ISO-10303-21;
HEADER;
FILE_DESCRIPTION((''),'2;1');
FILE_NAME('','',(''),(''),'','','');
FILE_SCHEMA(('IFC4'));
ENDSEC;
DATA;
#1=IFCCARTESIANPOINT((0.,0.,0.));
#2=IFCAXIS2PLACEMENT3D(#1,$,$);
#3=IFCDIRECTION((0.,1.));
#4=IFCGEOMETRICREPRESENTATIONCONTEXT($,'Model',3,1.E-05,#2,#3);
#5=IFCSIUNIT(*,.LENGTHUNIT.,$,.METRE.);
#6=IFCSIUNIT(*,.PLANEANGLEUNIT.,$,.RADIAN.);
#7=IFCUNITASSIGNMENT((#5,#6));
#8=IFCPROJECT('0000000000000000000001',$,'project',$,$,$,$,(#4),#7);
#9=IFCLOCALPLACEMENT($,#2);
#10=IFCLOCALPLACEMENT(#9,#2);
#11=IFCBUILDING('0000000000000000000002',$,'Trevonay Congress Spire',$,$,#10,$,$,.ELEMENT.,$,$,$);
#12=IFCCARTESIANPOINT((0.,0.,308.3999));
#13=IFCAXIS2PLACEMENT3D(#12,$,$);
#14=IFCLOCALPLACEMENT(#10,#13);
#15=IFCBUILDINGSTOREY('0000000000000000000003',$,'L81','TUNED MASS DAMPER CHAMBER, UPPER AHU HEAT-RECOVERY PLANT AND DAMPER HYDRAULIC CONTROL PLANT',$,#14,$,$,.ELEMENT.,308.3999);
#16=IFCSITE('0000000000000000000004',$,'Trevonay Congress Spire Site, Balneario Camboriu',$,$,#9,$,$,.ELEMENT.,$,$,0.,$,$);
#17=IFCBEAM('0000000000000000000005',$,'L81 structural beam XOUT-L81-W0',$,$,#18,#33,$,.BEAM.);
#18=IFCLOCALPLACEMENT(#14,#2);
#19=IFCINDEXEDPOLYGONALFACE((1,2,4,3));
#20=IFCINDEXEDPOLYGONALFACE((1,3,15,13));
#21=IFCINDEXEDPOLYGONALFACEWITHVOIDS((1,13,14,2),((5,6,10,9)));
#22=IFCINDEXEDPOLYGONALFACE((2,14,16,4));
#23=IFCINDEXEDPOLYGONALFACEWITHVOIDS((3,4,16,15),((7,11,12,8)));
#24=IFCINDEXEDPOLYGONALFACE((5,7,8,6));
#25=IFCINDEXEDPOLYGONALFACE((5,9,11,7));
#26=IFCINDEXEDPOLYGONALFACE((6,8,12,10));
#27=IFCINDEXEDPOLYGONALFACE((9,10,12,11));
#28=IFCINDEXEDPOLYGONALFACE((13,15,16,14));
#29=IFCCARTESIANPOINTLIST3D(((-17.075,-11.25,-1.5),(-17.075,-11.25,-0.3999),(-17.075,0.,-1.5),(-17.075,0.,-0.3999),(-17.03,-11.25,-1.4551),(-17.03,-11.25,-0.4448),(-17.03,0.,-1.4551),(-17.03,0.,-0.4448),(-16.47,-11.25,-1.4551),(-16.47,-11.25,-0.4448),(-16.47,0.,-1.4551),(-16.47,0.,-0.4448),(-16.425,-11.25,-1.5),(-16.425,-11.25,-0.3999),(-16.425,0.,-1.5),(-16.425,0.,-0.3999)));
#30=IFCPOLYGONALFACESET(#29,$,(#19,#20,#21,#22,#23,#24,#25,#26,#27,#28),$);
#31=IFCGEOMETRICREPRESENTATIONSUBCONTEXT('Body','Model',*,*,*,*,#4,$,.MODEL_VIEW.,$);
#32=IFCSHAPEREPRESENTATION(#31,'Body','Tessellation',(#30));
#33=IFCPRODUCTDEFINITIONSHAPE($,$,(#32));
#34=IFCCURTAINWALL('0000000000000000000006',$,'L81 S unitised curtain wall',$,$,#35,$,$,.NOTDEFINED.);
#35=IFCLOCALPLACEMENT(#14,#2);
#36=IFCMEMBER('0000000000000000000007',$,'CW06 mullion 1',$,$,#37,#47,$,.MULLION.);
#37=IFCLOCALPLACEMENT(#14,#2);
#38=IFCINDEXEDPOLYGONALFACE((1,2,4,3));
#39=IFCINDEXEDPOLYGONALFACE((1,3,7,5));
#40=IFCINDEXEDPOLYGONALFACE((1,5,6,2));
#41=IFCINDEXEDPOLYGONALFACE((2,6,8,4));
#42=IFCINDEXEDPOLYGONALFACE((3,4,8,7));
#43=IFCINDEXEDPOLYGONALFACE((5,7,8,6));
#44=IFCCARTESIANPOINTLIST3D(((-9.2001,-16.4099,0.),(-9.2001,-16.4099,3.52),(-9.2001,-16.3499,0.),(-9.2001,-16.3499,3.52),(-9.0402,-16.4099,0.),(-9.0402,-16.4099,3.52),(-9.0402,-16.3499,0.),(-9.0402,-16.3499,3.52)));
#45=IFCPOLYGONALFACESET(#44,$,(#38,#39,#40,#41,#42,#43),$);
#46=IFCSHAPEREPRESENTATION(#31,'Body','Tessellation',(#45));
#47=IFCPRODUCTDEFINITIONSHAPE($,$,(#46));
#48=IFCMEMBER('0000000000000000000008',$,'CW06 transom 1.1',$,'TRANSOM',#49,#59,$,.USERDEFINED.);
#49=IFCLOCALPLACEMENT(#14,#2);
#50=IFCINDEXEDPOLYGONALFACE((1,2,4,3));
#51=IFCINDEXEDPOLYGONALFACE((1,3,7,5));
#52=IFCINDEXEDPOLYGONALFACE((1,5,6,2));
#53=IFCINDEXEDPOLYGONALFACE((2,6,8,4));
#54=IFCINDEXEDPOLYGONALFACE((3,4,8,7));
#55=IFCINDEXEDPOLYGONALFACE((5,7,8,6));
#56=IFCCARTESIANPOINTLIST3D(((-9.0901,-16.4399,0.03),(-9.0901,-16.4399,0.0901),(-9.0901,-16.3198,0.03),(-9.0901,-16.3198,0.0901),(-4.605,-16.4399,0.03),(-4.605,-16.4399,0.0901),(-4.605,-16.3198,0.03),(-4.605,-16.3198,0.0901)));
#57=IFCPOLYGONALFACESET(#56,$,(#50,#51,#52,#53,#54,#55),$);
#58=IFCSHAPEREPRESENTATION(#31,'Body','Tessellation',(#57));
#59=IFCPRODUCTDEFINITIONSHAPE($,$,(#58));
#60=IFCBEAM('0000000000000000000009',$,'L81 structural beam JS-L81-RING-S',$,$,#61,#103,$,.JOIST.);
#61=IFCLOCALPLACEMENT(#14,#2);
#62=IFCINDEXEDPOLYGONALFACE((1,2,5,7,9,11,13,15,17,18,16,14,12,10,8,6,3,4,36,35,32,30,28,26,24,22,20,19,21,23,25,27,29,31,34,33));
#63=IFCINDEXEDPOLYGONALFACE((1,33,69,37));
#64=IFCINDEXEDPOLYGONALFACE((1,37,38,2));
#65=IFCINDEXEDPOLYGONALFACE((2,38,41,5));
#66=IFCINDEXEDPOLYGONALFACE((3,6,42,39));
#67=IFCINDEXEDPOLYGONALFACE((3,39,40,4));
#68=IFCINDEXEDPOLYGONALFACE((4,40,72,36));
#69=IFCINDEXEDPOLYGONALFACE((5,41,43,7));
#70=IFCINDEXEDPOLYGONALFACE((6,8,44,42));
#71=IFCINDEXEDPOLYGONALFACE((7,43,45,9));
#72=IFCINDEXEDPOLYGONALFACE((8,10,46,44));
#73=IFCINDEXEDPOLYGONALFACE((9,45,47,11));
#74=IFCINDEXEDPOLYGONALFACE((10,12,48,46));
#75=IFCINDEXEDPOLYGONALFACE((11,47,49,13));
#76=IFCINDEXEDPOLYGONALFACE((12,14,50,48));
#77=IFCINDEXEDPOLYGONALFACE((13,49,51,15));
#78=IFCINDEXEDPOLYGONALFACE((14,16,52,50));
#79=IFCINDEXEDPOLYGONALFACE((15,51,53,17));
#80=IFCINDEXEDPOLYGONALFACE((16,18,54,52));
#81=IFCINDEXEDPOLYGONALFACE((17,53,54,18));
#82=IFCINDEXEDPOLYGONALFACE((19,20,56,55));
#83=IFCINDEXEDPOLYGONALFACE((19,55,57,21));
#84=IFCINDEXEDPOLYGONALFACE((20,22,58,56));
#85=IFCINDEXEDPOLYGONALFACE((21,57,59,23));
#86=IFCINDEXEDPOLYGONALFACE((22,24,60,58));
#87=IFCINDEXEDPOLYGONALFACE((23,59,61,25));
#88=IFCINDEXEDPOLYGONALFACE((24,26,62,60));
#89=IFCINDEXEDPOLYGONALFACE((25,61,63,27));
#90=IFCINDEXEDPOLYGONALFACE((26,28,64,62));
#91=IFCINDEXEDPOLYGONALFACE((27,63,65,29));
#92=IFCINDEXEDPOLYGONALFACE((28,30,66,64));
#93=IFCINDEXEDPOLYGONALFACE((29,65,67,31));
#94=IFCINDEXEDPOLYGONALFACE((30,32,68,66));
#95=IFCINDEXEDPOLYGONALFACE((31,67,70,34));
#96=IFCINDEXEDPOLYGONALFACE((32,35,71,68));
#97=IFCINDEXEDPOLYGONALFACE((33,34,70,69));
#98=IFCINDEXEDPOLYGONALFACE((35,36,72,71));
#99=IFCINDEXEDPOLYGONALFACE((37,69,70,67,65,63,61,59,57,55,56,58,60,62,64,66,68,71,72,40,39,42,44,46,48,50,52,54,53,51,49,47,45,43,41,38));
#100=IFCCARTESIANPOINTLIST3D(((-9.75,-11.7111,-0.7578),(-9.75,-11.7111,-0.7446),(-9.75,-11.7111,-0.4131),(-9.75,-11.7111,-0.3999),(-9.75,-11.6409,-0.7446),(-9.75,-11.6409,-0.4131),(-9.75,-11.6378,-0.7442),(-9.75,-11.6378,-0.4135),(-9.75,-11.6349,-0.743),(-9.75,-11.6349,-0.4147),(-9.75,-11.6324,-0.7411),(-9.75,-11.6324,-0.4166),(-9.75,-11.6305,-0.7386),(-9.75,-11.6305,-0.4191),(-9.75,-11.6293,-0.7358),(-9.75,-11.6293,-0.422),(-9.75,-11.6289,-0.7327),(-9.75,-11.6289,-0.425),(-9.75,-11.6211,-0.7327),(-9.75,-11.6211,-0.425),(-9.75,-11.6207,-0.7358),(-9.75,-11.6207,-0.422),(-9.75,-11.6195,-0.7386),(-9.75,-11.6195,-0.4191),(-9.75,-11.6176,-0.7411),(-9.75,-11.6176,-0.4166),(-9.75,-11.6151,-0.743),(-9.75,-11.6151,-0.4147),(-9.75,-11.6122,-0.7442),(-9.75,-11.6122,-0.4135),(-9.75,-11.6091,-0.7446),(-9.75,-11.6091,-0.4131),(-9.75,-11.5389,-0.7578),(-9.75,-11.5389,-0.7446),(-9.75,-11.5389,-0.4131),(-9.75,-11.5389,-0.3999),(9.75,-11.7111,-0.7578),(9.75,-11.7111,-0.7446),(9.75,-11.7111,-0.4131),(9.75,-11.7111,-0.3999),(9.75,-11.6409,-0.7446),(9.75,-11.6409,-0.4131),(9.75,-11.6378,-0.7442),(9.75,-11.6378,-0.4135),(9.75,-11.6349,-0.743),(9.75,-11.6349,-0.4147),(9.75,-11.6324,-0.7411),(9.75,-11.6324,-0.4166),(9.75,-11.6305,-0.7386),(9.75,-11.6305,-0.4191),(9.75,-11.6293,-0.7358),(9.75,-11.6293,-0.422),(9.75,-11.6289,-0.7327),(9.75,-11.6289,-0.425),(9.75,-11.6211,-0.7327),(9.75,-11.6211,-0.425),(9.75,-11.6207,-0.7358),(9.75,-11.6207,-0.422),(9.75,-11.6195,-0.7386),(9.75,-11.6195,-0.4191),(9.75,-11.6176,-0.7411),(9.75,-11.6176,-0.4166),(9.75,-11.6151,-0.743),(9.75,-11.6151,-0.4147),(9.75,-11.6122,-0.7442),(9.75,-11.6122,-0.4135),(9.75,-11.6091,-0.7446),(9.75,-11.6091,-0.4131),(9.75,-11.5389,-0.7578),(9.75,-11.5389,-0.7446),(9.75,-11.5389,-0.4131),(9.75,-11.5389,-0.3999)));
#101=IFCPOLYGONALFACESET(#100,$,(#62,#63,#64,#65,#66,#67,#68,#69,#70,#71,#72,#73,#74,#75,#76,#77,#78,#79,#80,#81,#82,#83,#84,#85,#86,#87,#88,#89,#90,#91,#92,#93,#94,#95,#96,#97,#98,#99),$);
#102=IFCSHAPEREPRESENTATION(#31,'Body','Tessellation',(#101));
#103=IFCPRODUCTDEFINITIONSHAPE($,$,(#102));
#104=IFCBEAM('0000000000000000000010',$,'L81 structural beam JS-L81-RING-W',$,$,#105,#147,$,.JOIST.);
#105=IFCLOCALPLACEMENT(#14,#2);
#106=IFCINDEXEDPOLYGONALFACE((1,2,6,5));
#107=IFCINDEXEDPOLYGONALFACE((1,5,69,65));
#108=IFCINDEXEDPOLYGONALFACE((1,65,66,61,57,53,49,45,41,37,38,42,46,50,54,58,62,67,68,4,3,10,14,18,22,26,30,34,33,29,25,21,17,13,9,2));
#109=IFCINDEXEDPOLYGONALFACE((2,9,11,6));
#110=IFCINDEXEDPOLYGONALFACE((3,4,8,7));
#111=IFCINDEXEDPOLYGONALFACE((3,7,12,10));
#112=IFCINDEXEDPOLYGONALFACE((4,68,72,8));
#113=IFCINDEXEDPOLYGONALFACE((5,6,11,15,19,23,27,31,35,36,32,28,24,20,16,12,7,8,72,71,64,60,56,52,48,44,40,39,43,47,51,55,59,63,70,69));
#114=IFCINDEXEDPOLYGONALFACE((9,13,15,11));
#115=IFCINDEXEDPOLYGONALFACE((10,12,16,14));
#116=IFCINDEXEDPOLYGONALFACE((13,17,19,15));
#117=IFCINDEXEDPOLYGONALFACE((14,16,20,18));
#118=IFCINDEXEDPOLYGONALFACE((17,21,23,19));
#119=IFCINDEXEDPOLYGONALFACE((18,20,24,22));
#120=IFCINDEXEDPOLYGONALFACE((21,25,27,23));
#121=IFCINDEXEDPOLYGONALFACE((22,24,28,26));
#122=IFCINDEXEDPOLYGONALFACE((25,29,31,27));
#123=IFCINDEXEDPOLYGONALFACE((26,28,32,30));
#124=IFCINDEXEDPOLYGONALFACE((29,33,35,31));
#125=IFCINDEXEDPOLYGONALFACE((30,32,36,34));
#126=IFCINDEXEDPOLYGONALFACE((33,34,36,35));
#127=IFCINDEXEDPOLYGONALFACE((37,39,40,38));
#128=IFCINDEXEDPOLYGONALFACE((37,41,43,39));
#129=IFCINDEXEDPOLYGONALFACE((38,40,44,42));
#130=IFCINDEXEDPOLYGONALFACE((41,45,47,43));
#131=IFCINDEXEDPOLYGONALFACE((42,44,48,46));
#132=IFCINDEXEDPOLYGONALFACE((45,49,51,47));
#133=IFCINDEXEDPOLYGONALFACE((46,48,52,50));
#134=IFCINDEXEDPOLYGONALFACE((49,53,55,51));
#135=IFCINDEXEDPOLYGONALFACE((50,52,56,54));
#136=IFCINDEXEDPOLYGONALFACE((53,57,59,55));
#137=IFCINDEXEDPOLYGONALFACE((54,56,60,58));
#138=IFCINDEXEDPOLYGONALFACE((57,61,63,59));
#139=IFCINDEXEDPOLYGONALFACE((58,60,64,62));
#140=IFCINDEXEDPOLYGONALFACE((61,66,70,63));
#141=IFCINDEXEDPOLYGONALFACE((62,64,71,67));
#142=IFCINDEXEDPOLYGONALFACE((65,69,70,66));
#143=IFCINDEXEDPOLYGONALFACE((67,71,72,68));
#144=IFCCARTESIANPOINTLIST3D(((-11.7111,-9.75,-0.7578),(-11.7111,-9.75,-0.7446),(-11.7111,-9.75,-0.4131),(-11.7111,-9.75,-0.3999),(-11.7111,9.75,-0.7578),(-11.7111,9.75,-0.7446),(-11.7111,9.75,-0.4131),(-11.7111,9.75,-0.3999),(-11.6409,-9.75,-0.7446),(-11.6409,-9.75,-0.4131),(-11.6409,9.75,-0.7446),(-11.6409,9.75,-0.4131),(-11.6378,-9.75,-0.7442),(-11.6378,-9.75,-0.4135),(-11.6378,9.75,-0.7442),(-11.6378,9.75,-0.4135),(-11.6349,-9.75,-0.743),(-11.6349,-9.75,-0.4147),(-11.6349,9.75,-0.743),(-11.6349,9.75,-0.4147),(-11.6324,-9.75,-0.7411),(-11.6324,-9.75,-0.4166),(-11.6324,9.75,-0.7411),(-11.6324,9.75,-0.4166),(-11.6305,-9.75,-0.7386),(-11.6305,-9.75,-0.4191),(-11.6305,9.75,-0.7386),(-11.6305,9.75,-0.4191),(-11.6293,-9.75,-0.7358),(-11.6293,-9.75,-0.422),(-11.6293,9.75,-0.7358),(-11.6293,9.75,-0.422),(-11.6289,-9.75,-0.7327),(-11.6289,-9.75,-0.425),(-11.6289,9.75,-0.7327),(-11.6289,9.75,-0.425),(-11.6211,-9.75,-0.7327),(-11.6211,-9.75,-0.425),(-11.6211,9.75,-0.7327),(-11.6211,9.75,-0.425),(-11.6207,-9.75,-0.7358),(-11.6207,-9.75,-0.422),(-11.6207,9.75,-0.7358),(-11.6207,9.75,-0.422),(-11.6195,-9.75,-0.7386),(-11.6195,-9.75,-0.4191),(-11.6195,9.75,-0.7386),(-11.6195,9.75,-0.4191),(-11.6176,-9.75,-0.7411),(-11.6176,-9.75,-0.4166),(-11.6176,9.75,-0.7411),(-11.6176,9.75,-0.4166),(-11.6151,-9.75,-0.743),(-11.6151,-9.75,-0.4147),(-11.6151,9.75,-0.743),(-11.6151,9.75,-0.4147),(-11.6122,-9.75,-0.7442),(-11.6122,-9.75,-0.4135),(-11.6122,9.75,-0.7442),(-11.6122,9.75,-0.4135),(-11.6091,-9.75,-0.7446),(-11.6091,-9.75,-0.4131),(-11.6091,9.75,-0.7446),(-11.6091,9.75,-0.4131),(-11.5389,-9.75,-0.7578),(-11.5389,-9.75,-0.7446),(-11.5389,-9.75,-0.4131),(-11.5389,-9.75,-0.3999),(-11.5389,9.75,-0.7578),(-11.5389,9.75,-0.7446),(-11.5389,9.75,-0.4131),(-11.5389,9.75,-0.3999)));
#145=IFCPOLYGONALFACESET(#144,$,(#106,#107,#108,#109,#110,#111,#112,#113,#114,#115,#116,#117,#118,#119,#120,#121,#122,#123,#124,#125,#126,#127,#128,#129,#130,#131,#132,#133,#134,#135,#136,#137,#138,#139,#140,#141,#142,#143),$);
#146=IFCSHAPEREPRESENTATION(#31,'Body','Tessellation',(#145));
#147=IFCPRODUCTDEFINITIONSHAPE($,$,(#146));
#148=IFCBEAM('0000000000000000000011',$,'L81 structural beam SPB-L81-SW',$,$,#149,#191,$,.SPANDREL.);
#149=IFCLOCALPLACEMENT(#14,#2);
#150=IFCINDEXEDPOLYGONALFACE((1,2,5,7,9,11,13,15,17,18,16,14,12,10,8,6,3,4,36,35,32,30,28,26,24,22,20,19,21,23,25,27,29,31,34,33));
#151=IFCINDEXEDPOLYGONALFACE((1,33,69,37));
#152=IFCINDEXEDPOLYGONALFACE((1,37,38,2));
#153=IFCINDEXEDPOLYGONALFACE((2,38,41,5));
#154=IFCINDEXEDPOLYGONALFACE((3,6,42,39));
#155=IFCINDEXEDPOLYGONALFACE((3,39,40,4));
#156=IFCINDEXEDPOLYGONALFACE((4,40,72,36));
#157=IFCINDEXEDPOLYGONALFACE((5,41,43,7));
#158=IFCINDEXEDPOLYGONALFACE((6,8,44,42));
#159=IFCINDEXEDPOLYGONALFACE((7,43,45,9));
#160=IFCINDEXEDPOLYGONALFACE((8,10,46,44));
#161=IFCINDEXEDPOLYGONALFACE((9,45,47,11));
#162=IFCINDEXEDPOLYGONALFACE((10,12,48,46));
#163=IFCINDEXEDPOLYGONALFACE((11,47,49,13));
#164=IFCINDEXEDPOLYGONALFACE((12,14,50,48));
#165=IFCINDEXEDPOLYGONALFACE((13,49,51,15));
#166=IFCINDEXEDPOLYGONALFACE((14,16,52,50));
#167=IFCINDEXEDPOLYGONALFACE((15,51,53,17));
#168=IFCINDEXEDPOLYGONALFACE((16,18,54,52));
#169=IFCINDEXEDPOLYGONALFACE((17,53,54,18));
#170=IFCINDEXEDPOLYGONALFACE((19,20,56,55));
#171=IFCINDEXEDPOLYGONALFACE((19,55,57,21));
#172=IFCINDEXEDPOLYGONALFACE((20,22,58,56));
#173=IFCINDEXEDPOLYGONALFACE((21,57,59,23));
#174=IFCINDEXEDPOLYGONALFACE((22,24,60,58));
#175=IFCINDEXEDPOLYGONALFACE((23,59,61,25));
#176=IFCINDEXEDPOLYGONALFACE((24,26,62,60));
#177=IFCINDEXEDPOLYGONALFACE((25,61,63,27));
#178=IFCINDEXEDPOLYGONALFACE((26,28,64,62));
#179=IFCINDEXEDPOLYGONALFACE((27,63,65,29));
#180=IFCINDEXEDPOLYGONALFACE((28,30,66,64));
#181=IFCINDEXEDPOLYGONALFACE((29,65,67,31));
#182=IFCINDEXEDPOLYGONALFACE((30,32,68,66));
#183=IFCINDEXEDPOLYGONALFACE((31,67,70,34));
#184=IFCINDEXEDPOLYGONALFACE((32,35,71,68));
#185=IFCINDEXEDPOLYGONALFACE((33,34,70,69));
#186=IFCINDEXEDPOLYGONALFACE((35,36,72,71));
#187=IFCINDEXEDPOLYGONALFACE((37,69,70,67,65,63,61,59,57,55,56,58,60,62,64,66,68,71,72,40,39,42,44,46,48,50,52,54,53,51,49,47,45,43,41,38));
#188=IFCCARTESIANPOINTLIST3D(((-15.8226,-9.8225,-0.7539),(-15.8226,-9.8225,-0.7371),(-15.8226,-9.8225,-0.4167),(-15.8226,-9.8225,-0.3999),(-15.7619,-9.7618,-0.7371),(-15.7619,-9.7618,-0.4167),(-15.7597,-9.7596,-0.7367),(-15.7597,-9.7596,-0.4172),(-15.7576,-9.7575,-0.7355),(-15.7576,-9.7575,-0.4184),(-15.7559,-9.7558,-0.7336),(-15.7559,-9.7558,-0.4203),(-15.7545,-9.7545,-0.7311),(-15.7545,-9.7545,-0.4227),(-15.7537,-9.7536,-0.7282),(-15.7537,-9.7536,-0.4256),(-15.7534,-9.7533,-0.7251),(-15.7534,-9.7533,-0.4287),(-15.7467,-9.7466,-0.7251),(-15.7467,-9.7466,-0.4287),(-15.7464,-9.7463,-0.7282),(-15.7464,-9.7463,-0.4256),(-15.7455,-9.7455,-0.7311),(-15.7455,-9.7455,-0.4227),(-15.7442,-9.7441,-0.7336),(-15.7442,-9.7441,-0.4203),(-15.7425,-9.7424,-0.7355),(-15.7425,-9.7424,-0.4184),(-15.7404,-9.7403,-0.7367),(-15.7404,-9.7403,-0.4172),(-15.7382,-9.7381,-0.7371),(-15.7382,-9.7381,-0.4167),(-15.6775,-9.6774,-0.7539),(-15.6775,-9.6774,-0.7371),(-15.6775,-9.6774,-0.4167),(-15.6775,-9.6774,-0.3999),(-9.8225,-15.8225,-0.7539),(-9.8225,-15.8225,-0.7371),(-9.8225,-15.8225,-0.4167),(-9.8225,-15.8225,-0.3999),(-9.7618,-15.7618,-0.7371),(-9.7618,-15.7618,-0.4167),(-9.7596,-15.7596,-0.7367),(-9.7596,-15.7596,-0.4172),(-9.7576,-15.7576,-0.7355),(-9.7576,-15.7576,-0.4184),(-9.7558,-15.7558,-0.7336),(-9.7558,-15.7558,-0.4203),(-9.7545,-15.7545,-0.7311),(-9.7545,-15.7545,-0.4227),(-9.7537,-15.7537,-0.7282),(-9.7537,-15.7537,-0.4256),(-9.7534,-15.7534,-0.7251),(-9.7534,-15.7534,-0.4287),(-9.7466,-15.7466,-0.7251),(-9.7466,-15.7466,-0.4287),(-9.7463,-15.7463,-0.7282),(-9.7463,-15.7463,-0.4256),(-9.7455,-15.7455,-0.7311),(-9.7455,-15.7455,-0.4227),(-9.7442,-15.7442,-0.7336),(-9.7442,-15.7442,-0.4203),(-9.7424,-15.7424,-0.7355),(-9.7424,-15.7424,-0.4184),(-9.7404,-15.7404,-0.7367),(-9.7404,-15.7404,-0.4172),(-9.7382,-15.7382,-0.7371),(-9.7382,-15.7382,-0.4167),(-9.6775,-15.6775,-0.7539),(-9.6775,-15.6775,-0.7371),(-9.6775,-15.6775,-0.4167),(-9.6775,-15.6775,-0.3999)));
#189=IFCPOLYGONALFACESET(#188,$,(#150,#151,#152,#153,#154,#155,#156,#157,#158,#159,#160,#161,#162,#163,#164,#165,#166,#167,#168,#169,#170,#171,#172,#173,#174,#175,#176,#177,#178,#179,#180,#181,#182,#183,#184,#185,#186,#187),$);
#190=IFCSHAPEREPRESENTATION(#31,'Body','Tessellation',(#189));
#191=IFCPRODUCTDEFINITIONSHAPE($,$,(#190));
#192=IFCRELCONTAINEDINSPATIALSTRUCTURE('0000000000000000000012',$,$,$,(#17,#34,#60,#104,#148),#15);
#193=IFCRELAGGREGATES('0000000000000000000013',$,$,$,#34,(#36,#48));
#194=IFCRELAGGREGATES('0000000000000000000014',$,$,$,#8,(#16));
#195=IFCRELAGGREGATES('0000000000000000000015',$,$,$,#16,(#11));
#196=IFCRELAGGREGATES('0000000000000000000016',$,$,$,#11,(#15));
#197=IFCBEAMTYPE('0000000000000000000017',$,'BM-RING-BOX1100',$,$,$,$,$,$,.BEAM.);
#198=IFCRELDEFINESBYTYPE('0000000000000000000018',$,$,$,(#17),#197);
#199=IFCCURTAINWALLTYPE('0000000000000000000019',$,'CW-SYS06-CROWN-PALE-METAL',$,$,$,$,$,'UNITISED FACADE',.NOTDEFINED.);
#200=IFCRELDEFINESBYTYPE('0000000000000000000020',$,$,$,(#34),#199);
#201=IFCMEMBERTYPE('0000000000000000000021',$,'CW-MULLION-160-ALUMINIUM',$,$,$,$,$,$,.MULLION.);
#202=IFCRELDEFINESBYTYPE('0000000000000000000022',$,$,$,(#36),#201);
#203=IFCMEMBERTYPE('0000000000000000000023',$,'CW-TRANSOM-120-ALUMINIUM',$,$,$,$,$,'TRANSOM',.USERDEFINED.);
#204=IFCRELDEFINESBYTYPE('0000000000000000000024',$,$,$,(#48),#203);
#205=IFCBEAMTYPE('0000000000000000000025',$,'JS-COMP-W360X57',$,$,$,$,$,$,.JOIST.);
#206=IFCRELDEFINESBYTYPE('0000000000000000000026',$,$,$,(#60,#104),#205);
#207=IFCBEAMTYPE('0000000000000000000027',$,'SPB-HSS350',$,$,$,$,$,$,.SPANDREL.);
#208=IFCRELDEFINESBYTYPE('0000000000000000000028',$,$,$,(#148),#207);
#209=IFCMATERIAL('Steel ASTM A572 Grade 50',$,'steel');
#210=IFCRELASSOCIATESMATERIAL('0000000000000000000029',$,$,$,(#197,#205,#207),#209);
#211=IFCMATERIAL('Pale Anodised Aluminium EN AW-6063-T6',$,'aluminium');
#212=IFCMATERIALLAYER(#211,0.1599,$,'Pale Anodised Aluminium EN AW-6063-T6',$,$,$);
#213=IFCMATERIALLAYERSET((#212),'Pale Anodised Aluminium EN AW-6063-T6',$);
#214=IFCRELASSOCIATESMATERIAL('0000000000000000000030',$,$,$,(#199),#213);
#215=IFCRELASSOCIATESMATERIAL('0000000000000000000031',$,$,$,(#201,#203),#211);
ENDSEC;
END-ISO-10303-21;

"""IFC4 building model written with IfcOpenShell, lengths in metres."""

from ifc_helpers import new_model, si_unit, direction, frame, origin, origin_2d, place, context, subcontext, project, spatial, rectangle, hollow_rectangle, i_section, extrude, material, layer, layer_set, material_profile, profile_set, type_object, element, aggregate, save


model = new_model("IFC4")

# Units and contexts
model_context = context("Model", 3, precision=1e-05, world=origin(), true_north=direction((0.0, 1.0)))
body_context = subcontext(model_context, "Body", "Model", "MODEL_VIEW")
ifc_project = project(units=[si_unit("LENGTHUNIT", "METRE"), si_unit("PLANEANGLEUNIT", "RADIAN")], contexts=[model_context])

# Site, building, storey
site_placement = place(None, origin())
site = spatial("IfcSite", under=ifc_project, at=site_placement, Name="Trevonay Congress Spire Site, Balneario Camboriu", CompositionType="ELEMENT", RefElevation=0.0)
building_placement = place(site_placement, origin())
building = spatial("IfcBuilding", under=site, at=building_placement, Name="Trevonay Congress Spire", CompositionType="ELEMENT")
storey_placement = place(building_placement, frame((0.0, 0.0, 308.3999)))
storey = spatial("IfcBuildingStorey", under=building, at=storey_placement, Name="L81", Description="TUNED MASS DAMPER CHAMBER, UPPER AHU HEAT-RECOVERY PLANT AND DAMPER HYDRAULIC CONTROL PLANT", CompositionType="ELEMENT", Elevation=308.3999)

# Shared definitions
ifc_material_1 = material(Name="Steel ASTM A572 Grade 50", Category="steel")

# Beam
ifc_material_profile_1 = material_profile(ifc_material_1, hollow_rectangle(XDim=0.6499, YDim=1.1001, WallThickness=0.0449, at=origin_2d()), Name="BOX 1100x650x45")
ifc_profile_set_1 = profile_set([ifc_material_profile_1], Name="Steel ASTM A572 Grade 50")
beam_type_1 = type_object("IfcBeamType", Name="BM-RING-BOX1100", PredefinedType="BEAM", material=ifc_profile_set_1)
for number, where, z_axis, x_axis, name in (
    (1, (-16.75, -11.25, -0.95), (0.0, 1.0, 0.0), (-1.0, 0.0, 0.0), "L81 structural beam XOUT-L81-W0"),
):
    element("IfcBeam", number, at=place(storey_placement, frame(where, z_axis=z_axis, x_axis=x_axis)), inside=storey, type_object=beam_type_1, Name=name, PredefinedType="BEAM", context=body_context, shape_type="SweptSolid", body=[
        extrude(hollow_rectangle(XDim=0.6499, YDim=1.1001, WallThickness=0.0449, at=origin_2d()), origin(), (0.0, 0.0, 1.0), 11.25),
    ])

# Curtain wall, members
ifc_material_2 = material(Name="Pale Anodised Aluminium EN AW-6063-T6", Category="aluminium")
ifc_layer_1 = layer(ifc_material_2, 0.1599, Name="Pale Anodised Aluminium EN AW-6063-T6")
ifc_layer_set_1 = layer_set([ifc_layer_1], Name="Pale Anodised Aluminium EN AW-6063-T6")
curtain_wall_type = type_object("IfcCurtainWallType", Name="CW-SYS06-CROWN-PALE-METAL", ElementType="UNITISED FACADE", PredefinedType="NOTDEFINED", material=ifc_layer_set_1)
curtain_wall_placement = place(storey_placement, origin())
curtain_wall = element("IfcCurtainWall", 2, at=curtain_wall_placement, inside=storey, type_object=curtain_wall_type, Name="L81 S unitised curtain wall", PredefinedType="NOTDEFINED")
ifc_material_profile_2 = material_profile(ifc_material_2, rectangle(XDim=0.0601, YDim=0.1599, at=origin_2d()), Name="CW-MULLION-160-ALUMINIUM")
ifc_profile_set_2 = profile_set([ifc_material_profile_2], Name="Pale Anodised Aluminium EN AW-6063-T6")
member_type_1 = type_object("IfcMemberType", Name="CW-MULLION-160-ALUMINIUM", PredefinedType="MULLION", material=ifc_profile_set_2)
member_1_placement = place(storey_placement, frame((-9.1201, -16.3799, 0.0), z_axis=(0.0, 0.0, 1.0), x_axis=(0.0, 1.0, 0.0)))
member_1 = element("IfcMember", 3, at=member_1_placement, type_object=member_type_1, Name="CW06 mullion 1", PredefinedType="MULLION", context=body_context, shape_type="SweptSolid", body=[
    extrude(rectangle(XDim=0.0601, YDim=0.1599, at=origin_2d()), origin(), (0.0, 0.0, 1.0), 3.52),
])
ifc_material_profile_3 = material_profile(ifc_material_2, rectangle(XDim=0.1201, YDim=0.0601, at=origin_2d()), Name="CW-TRANSOM-120-ALUMINIUM")
ifc_profile_set_3 = profile_set([ifc_material_profile_3], Name="Pale Anodised Aluminium EN AW-6063-T6")
member_type_2 = type_object("IfcMemberType", Name="CW-TRANSOM-120-ALUMINIUM", ElementType="TRANSOM", PredefinedType="USERDEFINED", material=ifc_profile_set_3)
member_2_placement = place(storey_placement, frame((-9.0901, -16.3799, 0.0601), z_axis=(1.0, 0.0, 0.0), x_axis=(0.0, 1.0, 0.0)))
member_2 = element("IfcMember", 4, at=member_2_placement, type_object=member_type_2, Name="CW06 transom 1.1", ObjectType="TRANSOM", PredefinedType="USERDEFINED", context=body_context, shape_type="SweptSolid", body=[
    extrude(rectangle(XDim=0.1201, YDim=0.0601, at=origin_2d()), origin(), (0.0, 0.0, 1.0), 4.4851),
])
aggregate(curtain_wall, [member_1, member_2])

# Beams
ifc_material_profile_4 = material_profile(ifc_material_1, i_section(OverallWidth=0.1721, OverallDepth=0.3579, WebThickness=0.0078, FlangeThickness=0.0132, FilletRadius=0.012, at=origin_2d()), Name="W360x57.8")
ifc_profile_set_4 = profile_set([ifc_material_profile_4], Name="Steel ASTM A572 Grade 50")
beam_type_2 = type_object("IfcBeamType", Name="JS-COMP-W360X57", PredefinedType="JOIST", material=ifc_profile_set_4)
for number, where, z_axis, x_axis, name in (
    (5, (-9.75, -11.625, -0.5789), (1.0, 0.0, 0.0), (0.0, 1.0, 0.0), "L81 structural beam JS-L81-RING-S"),
    (6, (-11.625, -9.75, -0.5789), (0.0, 1.0, 0.0), (-1.0, 0.0, 0.0), "L81 structural beam JS-L81-RING-W"),
):
    element("IfcBeam", number, at=place(storey_placement, frame(where, z_axis=z_axis, x_axis=x_axis)), inside=storey, type_object=beam_type_2, Name=name, PredefinedType="JOIST", context=body_context, shape_type="SweptSolid", body=[
        extrude(i_section(OverallWidth=0.1721, OverallDepth=0.3579, WebThickness=0.0078, FlangeThickness=0.0132, FilletRadius=0.012, at=origin_2d()), origin(), (0.0, 0.0, 1.0), 19.5),
    ])
ifc_material_profile_5 = material_profile(ifc_material_1, i_section(OverallWidth=0.2051, OverallDepth=0.354, WebThickness=0.0095, FlangeThickness=0.0168, FilletRadius=0.012, at=origin_2d()), Name="W360x79")
ifc_profile_set_5 = profile_set([ifc_material_profile_5], Name="Steel ASTM A572 Grade 50")
beam_type_3 = type_object("IfcBeamType", Name="SPB-HSS350", PredefinedType="SPANDREL", material=ifc_profile_set_5)
beam_placement = place(storey_placement, frame((-9.75, -15.75, -0.5769), z_axis=(-0.707107, 0.707107, 0.0), x_axis=(-0.707107, -0.707107, 0.0)))
element("IfcBeam", 7, at=beam_placement, inside=storey, type_object=beam_type_3, Name="L81 structural beam SPB-L81-SW", PredefinedType="SPANDREL", context=body_context, shape_type="SweptSolid", body=[
    extrude(i_section(OverallWidth=0.2051, OverallDepth=0.354, WebThickness=0.0095, FlangeThickness=0.0168, FilletRadius=0.012, at=origin_2d()), origin(), (0.0, 0.0, 1.0), 8.4854),
])

save(model, "model.ifc")
